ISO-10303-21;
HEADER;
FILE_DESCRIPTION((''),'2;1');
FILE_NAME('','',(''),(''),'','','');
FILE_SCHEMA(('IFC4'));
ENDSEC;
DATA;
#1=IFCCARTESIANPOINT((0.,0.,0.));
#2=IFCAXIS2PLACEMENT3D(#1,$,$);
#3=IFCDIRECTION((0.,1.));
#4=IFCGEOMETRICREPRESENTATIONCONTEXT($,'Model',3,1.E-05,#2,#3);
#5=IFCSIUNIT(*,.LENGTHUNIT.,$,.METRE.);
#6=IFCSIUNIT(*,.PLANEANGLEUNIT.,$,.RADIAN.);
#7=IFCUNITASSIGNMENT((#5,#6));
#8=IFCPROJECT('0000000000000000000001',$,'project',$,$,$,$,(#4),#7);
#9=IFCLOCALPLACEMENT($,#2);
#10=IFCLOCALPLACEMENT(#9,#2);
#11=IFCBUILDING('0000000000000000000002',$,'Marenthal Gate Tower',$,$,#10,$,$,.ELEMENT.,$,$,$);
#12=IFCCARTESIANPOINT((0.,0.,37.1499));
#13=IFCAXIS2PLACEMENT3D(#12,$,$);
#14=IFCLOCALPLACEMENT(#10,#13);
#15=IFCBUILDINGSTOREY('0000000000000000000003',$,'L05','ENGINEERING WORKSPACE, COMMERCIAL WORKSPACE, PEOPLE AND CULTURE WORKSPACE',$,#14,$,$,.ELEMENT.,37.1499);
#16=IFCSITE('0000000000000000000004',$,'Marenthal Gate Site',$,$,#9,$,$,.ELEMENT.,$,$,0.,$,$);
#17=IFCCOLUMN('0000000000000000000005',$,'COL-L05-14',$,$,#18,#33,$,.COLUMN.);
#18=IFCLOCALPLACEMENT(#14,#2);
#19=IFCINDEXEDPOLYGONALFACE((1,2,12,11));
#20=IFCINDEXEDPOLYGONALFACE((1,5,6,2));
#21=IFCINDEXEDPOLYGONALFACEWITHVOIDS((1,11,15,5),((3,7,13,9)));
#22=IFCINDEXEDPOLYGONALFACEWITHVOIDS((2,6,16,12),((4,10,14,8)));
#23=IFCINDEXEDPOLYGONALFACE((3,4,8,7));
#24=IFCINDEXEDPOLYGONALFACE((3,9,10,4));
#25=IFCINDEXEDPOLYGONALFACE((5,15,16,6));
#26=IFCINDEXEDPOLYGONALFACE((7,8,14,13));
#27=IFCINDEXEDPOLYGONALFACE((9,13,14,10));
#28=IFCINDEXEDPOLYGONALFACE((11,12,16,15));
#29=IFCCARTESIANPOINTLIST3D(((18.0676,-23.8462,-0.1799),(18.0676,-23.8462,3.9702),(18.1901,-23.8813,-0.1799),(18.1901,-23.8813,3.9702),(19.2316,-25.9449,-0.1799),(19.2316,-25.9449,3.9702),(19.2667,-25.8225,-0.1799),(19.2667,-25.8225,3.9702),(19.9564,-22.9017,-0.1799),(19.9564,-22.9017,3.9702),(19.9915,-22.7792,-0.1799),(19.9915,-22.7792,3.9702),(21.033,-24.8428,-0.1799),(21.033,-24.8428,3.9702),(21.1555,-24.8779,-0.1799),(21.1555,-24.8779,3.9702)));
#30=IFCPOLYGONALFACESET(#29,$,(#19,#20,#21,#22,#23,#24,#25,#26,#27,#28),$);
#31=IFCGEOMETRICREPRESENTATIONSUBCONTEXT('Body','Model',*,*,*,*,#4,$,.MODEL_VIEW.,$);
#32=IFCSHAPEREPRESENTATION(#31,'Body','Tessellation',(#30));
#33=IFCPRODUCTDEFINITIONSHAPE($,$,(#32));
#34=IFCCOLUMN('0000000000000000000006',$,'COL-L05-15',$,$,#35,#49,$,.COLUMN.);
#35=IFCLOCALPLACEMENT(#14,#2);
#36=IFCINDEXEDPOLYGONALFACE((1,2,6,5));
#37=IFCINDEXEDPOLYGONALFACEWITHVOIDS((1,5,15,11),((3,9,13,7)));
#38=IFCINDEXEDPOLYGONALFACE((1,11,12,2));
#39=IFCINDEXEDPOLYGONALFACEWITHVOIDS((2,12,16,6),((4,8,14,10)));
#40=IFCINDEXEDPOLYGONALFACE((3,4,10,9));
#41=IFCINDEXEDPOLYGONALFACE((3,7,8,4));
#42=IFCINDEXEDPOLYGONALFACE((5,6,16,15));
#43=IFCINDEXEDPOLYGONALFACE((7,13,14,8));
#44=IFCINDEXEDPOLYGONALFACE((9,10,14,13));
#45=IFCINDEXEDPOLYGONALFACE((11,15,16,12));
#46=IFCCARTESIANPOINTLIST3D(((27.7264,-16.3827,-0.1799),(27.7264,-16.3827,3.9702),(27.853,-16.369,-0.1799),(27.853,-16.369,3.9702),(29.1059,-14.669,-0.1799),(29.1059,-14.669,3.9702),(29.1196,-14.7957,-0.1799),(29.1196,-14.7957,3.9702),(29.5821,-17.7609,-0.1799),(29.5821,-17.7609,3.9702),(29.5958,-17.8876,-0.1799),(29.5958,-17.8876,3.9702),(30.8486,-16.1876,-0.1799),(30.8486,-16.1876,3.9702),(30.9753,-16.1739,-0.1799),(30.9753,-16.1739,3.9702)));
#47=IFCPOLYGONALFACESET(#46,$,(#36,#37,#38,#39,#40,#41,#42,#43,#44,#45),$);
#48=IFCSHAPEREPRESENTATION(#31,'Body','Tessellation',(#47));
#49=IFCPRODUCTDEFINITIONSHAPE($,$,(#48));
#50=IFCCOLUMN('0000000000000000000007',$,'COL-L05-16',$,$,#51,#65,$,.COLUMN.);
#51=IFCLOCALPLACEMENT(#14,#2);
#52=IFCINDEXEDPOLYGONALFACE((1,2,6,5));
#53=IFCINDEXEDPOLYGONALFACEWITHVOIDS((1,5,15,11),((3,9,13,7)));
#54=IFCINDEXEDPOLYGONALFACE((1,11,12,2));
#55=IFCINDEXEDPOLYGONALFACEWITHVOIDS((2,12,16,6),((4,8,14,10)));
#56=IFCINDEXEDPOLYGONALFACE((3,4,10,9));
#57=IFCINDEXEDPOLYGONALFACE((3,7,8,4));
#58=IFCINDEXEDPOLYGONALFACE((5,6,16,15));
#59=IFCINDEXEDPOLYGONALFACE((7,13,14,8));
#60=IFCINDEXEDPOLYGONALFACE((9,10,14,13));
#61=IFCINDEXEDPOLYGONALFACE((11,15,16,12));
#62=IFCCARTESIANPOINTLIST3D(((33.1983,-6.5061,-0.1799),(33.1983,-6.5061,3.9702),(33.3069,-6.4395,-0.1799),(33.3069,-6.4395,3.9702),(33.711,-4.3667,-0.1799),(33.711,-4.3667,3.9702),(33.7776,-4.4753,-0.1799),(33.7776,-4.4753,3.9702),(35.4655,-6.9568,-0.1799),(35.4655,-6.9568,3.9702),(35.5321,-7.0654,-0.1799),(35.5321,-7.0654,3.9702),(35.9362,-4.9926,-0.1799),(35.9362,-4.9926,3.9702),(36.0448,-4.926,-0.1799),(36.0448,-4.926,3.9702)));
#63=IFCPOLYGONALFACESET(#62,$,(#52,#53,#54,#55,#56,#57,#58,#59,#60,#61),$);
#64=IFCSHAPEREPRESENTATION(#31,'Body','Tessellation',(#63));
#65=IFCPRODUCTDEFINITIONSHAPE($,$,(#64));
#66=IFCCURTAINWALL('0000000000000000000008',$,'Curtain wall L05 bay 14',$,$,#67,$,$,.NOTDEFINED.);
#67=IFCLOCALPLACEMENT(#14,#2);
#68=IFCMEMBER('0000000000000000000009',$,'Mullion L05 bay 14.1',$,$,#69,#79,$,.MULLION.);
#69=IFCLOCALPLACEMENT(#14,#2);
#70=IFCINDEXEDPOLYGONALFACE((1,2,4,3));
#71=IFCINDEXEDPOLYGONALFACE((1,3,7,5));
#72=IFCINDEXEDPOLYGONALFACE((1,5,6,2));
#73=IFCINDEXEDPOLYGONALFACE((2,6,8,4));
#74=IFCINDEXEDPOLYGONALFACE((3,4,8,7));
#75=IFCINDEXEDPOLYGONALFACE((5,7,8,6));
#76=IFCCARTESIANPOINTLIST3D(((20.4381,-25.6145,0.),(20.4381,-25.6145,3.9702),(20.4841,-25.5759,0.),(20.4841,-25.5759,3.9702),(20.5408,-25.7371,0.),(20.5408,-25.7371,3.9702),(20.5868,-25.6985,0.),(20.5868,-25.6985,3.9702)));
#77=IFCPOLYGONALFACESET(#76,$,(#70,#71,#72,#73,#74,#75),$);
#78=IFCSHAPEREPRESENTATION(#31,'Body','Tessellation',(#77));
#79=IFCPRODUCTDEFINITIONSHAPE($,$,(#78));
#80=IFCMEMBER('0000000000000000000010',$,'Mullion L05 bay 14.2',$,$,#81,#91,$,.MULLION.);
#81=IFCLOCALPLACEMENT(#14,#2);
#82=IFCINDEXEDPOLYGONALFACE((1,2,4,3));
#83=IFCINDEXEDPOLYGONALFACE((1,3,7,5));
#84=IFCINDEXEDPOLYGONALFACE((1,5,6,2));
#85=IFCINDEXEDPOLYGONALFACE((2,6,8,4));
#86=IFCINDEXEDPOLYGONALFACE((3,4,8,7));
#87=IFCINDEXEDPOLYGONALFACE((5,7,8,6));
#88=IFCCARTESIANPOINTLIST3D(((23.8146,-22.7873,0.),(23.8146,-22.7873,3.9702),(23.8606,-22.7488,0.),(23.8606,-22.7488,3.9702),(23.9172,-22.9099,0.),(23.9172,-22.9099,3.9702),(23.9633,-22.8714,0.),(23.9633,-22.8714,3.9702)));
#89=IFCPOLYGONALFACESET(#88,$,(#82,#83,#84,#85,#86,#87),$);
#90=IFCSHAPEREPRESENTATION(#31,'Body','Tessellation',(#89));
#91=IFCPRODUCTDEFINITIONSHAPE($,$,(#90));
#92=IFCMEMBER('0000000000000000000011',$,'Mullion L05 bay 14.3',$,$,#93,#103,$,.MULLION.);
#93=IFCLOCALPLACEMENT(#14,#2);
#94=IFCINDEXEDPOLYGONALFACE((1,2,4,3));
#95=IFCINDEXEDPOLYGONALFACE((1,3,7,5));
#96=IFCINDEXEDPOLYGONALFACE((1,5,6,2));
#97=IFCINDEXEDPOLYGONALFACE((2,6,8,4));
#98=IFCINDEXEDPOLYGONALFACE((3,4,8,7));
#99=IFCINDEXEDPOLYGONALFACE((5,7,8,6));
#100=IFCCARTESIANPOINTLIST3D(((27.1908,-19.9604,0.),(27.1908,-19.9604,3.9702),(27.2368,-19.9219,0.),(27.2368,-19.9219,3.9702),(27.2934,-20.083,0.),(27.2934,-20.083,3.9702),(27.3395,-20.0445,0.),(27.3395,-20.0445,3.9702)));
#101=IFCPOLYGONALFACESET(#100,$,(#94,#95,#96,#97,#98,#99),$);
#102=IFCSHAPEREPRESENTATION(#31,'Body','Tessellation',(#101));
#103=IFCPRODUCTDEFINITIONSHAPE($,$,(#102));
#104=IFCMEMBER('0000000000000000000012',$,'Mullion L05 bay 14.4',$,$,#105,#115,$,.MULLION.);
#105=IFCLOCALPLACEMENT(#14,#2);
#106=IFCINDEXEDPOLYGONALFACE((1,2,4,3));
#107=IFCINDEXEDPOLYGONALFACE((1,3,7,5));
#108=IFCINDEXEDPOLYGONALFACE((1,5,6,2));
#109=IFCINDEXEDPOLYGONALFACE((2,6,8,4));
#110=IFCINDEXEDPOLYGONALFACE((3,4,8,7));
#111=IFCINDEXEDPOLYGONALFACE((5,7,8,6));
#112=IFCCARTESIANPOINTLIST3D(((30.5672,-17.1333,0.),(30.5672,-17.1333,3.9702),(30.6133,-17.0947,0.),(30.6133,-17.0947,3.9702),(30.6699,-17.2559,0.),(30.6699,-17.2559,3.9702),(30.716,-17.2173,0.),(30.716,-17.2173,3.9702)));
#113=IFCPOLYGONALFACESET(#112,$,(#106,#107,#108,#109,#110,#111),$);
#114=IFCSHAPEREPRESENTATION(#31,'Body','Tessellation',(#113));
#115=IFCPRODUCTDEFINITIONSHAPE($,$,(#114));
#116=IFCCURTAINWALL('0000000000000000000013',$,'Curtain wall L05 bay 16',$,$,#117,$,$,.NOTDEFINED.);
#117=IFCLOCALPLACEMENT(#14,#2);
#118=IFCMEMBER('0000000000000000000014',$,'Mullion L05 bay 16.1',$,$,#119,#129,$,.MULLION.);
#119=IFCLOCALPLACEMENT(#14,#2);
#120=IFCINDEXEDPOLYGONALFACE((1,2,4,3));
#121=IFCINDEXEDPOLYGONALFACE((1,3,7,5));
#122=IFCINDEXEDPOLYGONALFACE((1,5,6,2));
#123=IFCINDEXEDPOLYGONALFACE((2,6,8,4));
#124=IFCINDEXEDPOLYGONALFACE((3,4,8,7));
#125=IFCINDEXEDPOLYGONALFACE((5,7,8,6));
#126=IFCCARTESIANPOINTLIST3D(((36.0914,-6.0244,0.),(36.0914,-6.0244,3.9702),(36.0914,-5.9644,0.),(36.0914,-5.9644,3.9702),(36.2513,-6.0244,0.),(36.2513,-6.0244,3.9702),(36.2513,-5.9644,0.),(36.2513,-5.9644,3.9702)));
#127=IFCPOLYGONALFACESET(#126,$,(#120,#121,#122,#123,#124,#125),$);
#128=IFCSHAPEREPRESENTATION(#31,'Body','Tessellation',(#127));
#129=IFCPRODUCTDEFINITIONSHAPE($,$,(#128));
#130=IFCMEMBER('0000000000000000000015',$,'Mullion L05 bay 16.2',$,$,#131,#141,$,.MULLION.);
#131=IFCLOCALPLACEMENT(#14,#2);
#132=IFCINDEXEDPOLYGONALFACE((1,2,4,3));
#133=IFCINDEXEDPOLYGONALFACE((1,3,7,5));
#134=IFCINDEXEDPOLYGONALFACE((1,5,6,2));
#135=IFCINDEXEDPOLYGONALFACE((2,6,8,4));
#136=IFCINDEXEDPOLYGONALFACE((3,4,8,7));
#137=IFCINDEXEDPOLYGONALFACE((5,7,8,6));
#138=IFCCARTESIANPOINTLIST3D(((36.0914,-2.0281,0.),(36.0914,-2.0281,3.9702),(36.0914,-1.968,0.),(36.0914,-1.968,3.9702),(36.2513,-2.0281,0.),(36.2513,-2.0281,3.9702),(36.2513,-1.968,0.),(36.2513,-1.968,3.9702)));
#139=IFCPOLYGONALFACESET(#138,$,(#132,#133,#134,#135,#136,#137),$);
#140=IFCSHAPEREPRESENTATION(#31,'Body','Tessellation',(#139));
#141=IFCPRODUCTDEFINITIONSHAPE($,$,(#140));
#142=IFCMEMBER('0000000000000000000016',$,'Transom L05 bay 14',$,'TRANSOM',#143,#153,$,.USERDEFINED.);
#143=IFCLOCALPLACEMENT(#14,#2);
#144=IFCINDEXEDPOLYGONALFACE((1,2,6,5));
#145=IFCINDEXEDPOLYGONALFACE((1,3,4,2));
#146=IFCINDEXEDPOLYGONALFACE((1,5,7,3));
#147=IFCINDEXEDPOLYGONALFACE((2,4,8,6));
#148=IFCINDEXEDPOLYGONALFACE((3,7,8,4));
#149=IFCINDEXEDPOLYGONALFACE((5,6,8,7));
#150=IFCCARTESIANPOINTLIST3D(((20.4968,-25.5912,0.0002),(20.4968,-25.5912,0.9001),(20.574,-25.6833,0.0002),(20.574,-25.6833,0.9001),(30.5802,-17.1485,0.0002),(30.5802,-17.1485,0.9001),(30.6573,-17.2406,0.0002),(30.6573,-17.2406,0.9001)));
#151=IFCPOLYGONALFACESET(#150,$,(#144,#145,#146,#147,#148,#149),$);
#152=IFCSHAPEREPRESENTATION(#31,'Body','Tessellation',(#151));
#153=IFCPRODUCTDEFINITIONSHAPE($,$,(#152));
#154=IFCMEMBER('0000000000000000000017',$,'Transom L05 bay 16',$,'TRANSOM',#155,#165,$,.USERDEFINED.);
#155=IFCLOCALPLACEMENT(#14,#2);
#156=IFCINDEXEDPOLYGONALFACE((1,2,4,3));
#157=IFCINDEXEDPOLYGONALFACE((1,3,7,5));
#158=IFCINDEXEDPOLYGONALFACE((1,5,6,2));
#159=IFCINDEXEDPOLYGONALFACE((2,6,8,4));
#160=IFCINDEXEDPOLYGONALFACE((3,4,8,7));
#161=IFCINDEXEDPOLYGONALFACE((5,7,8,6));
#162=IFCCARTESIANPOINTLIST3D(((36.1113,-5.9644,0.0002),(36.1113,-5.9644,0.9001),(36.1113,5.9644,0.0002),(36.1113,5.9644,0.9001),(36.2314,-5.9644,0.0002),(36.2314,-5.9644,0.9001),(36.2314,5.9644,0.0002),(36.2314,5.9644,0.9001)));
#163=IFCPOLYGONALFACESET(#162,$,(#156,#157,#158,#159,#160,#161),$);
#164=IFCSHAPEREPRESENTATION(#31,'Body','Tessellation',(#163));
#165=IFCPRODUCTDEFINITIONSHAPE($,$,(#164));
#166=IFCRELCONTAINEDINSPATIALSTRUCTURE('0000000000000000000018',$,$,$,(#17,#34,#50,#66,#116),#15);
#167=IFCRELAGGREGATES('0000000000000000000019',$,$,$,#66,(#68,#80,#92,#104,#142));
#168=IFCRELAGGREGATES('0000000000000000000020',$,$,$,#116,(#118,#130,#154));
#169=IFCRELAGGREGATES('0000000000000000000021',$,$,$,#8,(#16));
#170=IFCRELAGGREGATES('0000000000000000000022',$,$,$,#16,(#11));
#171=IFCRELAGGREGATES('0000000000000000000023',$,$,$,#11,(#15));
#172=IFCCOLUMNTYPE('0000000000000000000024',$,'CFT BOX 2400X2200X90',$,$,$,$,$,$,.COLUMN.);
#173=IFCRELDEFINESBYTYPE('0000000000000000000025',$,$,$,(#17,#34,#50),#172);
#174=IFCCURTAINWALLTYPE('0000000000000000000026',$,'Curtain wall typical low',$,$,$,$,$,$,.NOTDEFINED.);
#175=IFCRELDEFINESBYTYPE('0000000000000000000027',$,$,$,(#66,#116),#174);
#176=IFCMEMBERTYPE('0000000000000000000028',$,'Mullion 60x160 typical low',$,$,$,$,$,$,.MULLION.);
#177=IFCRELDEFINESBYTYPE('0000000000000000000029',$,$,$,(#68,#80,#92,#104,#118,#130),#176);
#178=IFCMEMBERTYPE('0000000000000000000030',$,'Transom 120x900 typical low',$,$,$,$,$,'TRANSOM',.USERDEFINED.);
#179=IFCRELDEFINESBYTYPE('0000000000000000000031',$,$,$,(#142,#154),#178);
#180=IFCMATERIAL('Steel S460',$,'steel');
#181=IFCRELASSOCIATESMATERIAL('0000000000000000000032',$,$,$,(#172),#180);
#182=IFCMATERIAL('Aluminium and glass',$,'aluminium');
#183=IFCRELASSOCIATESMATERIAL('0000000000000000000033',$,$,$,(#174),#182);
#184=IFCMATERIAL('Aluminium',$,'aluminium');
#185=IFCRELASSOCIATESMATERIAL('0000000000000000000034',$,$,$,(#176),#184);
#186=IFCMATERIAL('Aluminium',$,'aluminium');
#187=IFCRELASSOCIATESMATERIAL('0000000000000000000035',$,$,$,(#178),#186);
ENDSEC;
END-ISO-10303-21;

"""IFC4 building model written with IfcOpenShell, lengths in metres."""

from ifc_helpers import new_model, si_unit, direction, frame, origin, origin_2d, place, context, subcontext, project, spatial, rectangle, hollow_rectangle, extrude, material, material_profile, profile_set, type_object, element, aggregate, save


model = new_model("IFC4")

# Units and contexts
model_context = context("Model", 3, precision=1e-05, world=origin(), true_north=direction((0.0, 1.0)))
body_context = subcontext(model_context, "Body", "Model", "MODEL_VIEW")
ifc_project = project(units=[si_unit("LENGTHUNIT", "METRE"), si_unit("PLANEANGLEUNIT", "RADIAN")], contexts=[model_context])

# Site, building, storey
site_placement = place(None, origin())
site = spatial("IfcSite", under=ifc_project, at=site_placement, Name="Marenthal Gate Site", CompositionType="ELEMENT", RefElevation=0.0)
building_placement = place(site_placement, origin())
building = spatial("IfcBuilding", under=site, at=building_placement, Name="Marenthal Gate Tower", CompositionType="ELEMENT")
storey_placement = place(building_placement, frame((0.0, 0.0, 37.1499)))
storey = spatial("IfcBuildingStorey", under=building, at=storey_placement, Name="L05", Description="ENGINEERING WORKSPACE, COMMERCIAL WORKSPACE, PEOPLE AND CULTURE WORKSPACE", CompositionType="ELEMENT", Elevation=37.1499)

# Columns
ifc_material_1 = material(Name="Steel S460", Category="steel")
ifc_material_profile_1 = material_profile(ifc_material_1, hollow_rectangle(XDim=2.2, YDim=2.3999, WallThickness=0.0901, at=origin_2d()), Name="CFT BOX 2400X2200X90")
ifc_material_2 = material(Name="Concrete 70 MPa", Category="concrete")
ifc_material_profile_2 = material_profile(ifc_material_2, rectangle(XDim=2.02, YDim=2.22, at=origin_2d()), Name="CFT BOX 2400X2200X90 INFILL")
ifc_profile_set_1 = profile_set([ifc_material_profile_1, ifc_material_profile_2], Name="Steel S460 shell, Concrete 70 MPa infill")
column_type = type_object("IfcColumnType", Name="CFT BOX 2400X2200X90", PredefinedType="COLUMN", material=ifc_profile_set_1)
for number, where, z_axis, x_axis, name in (
    (1, (19.6116, -24.3621, -0.1799), (0.0, 0.0, 1.0), (-0.874509, -0.48501, 0.0), "COL-L05-14"),
    (2, (29.3508, -16.2783, -0.1799), (0.0, 0.0, 1.0), (-0.62707, -0.778963, 0.0), "COL-L05-15"),
    (3, (34.6216, -5.7161, -0.1799), (0.0, 0.0, 1.0), (-0.233047, -0.972466, 0.0), "COL-L05-16"),
):
    element("IfcColumn", number, at=place(storey_placement, frame(where, z_axis=z_axis, x_axis=x_axis)), inside=storey, type_object=column_type, Name=name, PredefinedType="COLUMN", context=body_context, shape_type="SweptSolid", body=[
        extrude(hollow_rectangle(XDim=2.2, YDim=2.3999, WallThickness=0.0901, at=origin_2d()), origin(), (0.0, 0.0, 1.0), 4.1501),
    ])

# Curtain walls, members
ifc_material_3 = material(Name="Aluminium and glass", Category="aluminium")
curtain_wall_type = type_object("IfcCurtainWallType", Name="Curtain wall typical low", PredefinedType="NOTDEFINED", material=ifc_material_3)
curtain_wall_1_placement = place(storey_placement, origin())
curtain_wall_1 = element("IfcCurtainWall", 4, at=curtain_wall_1_placement, inside=storey, type_object=curtain_wall_type, Name="Curtain wall L05 bay 14", PredefinedType="NOTDEFINED")
ifc_material_4 = material(Name="Aluminium", Category="aluminium")
ifc_material_profile_3 = material_profile(ifc_material_4, rectangle(XDim=0.1599, YDim=0.0601, at=origin_2d()), Name="60x160 aluminium mullion")
ifc_profile_set_2 = profile_set([ifc_material_profile_3], Name="Aluminium")
member_type_1 = type_object("IfcMemberType", Name="Mullion 60x160 typical low", PredefinedType="MULLION", material=ifc_profile_set_2)
member_1_placement = place(storey_placement, frame((20.5125, -25.6565, 0.0), z_axis=(0.0, 0.0, 1.0), x_axis=(-0.641982, 0.76672, 0.0)))
member_1 = element("IfcMember", 5, at=member_1_placement, type_object=member_type_1, Name="Mullion L05 bay 14.1", PredefinedType="MULLION", context=body_context, shape_type="SweptSolid", body=[
    extrude(rectangle(XDim=0.1599, YDim=0.0601, at=origin_2d()), origin(), (0.0, 0.0, 1.0), 3.9702),
])
member_2_placement = place(storey_placement, frame((23.8889, -22.8293, 0.0), z_axis=(0.0, 0.0, 1.0), x_axis=(-0.641982, 0.76672, 0.0)))
member_2 = element("IfcMember", 6, at=member_2_placement, type_object=member_type_1, Name="Mullion L05 bay 14.2", PredefinedType="MULLION", context=body_context, shape_type="SweptSolid", body=[
    extrude(rectangle(XDim=0.1599, YDim=0.0601, at=origin_2d()), origin(), (0.0, 0.0, 1.0), 3.9702),
])
member_3_placement = place(storey_placement, frame((27.2651, -20.0024, 0.0), z_axis=(0.0, 0.0, 1.0), x_axis=(-0.641982, 0.76672, 0.0)))
member_3 = element("IfcMember", 7, at=member_3_placement, type_object=member_type_1, Name="Mullion L05 bay 14.3", PredefinedType="MULLION", context=body_context, shape_type="SweptSolid", body=[
    extrude(rectangle(XDim=0.1599, YDim=0.0601, at=origin_2d()), origin(), (0.0, 0.0, 1.0), 3.9702),
])
member_4_placement = place(storey_placement, frame((30.6416, -17.1753, 0.0), z_axis=(0.0, 0.0, 1.0), x_axis=(-0.641982, 0.76672, 0.0)))
member_4 = element("IfcMember", 8, at=member_4_placement, type_object=member_type_1, Name="Mullion L05 bay 14.4", PredefinedType="MULLION", context=body_context, shape_type="SweptSolid", body=[
    extrude(rectangle(XDim=0.1599, YDim=0.0601, at=origin_2d()), origin(), (0.0, 0.0, 1.0), 3.9702),
])
curtain_wall_2_placement = place(storey_placement, origin())
curtain_wall_2 = element("IfcCurtainWall", 9, at=curtain_wall_2_placement, inside=storey, type_object=curtain_wall_type, Name="Curtain wall L05 bay 16", PredefinedType="NOTDEFINED")
member_5_placement = place(storey_placement, frame((36.1714, -5.9944, 0.0), z_axis=(0.0, 0.0, 1.0), x_axis=(-1.0, 0.0, 0.0)))
member_5 = element("IfcMember", 10, at=member_5_placement, type_object=member_type_1, Name="Mullion L05 bay 16.1", PredefinedType="MULLION", context=body_context, shape_type="SweptSolid", body=[
    extrude(rectangle(XDim=0.1599, YDim=0.0601, at=origin_2d()), origin(), (0.0, 0.0, 1.0), 3.9702),
])
member_6_placement = place(storey_placement, frame((36.1714, -1.998, 0.0), z_axis=(0.0, 0.0, 1.0), x_axis=(-1.0, 0.0, 0.0)))
member_6 = element("IfcMember", 11, at=member_6_placement, type_object=member_type_1, Name="Mullion L05 bay 16.2", PredefinedType="MULLION", context=body_context, shape_type="SweptSolid", body=[
    extrude(rectangle(XDim=0.1599, YDim=0.0601, at=origin_2d()), origin(), (0.0, 0.0, 1.0), 3.9702),
])

# Members
ifc_material_5 = material(Name="Aluminium", Category="aluminium")
ifc_material_profile_4 = material_profile(ifc_material_5, rectangle(XDim=0.1201, YDim=0.8999, at=origin_2d()), Name="120x900 aluminium transom")
ifc_profile_set_3 = profile_set([ifc_material_profile_4], Name="Aluminium")
member_type_2 = type_object("IfcMemberType", Name="Transom 120x900 typical low", ElementType="TRANSOM", PredefinedType="USERDEFINED", material=ifc_profile_set_3)
member_7_placement = place(storey_placement, frame((20.5354, -25.6372, 0.4502), z_axis=(0.766726, 0.641974, 0.0), x_axis=(-0.641974, 0.766726, 0.0)))
member_7 = element("IfcMember", 12, at=member_7_placement, type_object=member_type_2, Name="Transom L05 bay 14", ObjectType="TRANSOM", PredefinedType="USERDEFINED", context=body_context, shape_type="SweptSolid", body=[
    extrude(rectangle(XDim=0.1201, YDim=0.8999, at=origin_2d()), origin(), (0.0, 0.0, 1.0), 13.1511),
])
member_8_placement = place(storey_placement, frame((36.1714, -5.9644, 0.4502), z_axis=(0.0, 1.0, 0.0), x_axis=(-1.0, 0.0, 0.0)))
member_8 = element("IfcMember", 13, at=member_8_placement, type_object=member_type_2, Name="Transom L05 bay 16", ObjectType="TRANSOM", PredefinedType="USERDEFINED", context=body_context, shape_type="SweptSolid", body=[
    extrude(rectangle(XDim=0.1201, YDim=0.8999, at=origin_2d()), origin(), (0.0, 0.0, 1.0), 11.9287),
])

aggregate(curtain_wall_1, [member_1, member_2, member_3, member_4, member_7])
aggregate(curtain_wall_2, [member_5, member_6, member_8])

save(model, "model.ifc")
